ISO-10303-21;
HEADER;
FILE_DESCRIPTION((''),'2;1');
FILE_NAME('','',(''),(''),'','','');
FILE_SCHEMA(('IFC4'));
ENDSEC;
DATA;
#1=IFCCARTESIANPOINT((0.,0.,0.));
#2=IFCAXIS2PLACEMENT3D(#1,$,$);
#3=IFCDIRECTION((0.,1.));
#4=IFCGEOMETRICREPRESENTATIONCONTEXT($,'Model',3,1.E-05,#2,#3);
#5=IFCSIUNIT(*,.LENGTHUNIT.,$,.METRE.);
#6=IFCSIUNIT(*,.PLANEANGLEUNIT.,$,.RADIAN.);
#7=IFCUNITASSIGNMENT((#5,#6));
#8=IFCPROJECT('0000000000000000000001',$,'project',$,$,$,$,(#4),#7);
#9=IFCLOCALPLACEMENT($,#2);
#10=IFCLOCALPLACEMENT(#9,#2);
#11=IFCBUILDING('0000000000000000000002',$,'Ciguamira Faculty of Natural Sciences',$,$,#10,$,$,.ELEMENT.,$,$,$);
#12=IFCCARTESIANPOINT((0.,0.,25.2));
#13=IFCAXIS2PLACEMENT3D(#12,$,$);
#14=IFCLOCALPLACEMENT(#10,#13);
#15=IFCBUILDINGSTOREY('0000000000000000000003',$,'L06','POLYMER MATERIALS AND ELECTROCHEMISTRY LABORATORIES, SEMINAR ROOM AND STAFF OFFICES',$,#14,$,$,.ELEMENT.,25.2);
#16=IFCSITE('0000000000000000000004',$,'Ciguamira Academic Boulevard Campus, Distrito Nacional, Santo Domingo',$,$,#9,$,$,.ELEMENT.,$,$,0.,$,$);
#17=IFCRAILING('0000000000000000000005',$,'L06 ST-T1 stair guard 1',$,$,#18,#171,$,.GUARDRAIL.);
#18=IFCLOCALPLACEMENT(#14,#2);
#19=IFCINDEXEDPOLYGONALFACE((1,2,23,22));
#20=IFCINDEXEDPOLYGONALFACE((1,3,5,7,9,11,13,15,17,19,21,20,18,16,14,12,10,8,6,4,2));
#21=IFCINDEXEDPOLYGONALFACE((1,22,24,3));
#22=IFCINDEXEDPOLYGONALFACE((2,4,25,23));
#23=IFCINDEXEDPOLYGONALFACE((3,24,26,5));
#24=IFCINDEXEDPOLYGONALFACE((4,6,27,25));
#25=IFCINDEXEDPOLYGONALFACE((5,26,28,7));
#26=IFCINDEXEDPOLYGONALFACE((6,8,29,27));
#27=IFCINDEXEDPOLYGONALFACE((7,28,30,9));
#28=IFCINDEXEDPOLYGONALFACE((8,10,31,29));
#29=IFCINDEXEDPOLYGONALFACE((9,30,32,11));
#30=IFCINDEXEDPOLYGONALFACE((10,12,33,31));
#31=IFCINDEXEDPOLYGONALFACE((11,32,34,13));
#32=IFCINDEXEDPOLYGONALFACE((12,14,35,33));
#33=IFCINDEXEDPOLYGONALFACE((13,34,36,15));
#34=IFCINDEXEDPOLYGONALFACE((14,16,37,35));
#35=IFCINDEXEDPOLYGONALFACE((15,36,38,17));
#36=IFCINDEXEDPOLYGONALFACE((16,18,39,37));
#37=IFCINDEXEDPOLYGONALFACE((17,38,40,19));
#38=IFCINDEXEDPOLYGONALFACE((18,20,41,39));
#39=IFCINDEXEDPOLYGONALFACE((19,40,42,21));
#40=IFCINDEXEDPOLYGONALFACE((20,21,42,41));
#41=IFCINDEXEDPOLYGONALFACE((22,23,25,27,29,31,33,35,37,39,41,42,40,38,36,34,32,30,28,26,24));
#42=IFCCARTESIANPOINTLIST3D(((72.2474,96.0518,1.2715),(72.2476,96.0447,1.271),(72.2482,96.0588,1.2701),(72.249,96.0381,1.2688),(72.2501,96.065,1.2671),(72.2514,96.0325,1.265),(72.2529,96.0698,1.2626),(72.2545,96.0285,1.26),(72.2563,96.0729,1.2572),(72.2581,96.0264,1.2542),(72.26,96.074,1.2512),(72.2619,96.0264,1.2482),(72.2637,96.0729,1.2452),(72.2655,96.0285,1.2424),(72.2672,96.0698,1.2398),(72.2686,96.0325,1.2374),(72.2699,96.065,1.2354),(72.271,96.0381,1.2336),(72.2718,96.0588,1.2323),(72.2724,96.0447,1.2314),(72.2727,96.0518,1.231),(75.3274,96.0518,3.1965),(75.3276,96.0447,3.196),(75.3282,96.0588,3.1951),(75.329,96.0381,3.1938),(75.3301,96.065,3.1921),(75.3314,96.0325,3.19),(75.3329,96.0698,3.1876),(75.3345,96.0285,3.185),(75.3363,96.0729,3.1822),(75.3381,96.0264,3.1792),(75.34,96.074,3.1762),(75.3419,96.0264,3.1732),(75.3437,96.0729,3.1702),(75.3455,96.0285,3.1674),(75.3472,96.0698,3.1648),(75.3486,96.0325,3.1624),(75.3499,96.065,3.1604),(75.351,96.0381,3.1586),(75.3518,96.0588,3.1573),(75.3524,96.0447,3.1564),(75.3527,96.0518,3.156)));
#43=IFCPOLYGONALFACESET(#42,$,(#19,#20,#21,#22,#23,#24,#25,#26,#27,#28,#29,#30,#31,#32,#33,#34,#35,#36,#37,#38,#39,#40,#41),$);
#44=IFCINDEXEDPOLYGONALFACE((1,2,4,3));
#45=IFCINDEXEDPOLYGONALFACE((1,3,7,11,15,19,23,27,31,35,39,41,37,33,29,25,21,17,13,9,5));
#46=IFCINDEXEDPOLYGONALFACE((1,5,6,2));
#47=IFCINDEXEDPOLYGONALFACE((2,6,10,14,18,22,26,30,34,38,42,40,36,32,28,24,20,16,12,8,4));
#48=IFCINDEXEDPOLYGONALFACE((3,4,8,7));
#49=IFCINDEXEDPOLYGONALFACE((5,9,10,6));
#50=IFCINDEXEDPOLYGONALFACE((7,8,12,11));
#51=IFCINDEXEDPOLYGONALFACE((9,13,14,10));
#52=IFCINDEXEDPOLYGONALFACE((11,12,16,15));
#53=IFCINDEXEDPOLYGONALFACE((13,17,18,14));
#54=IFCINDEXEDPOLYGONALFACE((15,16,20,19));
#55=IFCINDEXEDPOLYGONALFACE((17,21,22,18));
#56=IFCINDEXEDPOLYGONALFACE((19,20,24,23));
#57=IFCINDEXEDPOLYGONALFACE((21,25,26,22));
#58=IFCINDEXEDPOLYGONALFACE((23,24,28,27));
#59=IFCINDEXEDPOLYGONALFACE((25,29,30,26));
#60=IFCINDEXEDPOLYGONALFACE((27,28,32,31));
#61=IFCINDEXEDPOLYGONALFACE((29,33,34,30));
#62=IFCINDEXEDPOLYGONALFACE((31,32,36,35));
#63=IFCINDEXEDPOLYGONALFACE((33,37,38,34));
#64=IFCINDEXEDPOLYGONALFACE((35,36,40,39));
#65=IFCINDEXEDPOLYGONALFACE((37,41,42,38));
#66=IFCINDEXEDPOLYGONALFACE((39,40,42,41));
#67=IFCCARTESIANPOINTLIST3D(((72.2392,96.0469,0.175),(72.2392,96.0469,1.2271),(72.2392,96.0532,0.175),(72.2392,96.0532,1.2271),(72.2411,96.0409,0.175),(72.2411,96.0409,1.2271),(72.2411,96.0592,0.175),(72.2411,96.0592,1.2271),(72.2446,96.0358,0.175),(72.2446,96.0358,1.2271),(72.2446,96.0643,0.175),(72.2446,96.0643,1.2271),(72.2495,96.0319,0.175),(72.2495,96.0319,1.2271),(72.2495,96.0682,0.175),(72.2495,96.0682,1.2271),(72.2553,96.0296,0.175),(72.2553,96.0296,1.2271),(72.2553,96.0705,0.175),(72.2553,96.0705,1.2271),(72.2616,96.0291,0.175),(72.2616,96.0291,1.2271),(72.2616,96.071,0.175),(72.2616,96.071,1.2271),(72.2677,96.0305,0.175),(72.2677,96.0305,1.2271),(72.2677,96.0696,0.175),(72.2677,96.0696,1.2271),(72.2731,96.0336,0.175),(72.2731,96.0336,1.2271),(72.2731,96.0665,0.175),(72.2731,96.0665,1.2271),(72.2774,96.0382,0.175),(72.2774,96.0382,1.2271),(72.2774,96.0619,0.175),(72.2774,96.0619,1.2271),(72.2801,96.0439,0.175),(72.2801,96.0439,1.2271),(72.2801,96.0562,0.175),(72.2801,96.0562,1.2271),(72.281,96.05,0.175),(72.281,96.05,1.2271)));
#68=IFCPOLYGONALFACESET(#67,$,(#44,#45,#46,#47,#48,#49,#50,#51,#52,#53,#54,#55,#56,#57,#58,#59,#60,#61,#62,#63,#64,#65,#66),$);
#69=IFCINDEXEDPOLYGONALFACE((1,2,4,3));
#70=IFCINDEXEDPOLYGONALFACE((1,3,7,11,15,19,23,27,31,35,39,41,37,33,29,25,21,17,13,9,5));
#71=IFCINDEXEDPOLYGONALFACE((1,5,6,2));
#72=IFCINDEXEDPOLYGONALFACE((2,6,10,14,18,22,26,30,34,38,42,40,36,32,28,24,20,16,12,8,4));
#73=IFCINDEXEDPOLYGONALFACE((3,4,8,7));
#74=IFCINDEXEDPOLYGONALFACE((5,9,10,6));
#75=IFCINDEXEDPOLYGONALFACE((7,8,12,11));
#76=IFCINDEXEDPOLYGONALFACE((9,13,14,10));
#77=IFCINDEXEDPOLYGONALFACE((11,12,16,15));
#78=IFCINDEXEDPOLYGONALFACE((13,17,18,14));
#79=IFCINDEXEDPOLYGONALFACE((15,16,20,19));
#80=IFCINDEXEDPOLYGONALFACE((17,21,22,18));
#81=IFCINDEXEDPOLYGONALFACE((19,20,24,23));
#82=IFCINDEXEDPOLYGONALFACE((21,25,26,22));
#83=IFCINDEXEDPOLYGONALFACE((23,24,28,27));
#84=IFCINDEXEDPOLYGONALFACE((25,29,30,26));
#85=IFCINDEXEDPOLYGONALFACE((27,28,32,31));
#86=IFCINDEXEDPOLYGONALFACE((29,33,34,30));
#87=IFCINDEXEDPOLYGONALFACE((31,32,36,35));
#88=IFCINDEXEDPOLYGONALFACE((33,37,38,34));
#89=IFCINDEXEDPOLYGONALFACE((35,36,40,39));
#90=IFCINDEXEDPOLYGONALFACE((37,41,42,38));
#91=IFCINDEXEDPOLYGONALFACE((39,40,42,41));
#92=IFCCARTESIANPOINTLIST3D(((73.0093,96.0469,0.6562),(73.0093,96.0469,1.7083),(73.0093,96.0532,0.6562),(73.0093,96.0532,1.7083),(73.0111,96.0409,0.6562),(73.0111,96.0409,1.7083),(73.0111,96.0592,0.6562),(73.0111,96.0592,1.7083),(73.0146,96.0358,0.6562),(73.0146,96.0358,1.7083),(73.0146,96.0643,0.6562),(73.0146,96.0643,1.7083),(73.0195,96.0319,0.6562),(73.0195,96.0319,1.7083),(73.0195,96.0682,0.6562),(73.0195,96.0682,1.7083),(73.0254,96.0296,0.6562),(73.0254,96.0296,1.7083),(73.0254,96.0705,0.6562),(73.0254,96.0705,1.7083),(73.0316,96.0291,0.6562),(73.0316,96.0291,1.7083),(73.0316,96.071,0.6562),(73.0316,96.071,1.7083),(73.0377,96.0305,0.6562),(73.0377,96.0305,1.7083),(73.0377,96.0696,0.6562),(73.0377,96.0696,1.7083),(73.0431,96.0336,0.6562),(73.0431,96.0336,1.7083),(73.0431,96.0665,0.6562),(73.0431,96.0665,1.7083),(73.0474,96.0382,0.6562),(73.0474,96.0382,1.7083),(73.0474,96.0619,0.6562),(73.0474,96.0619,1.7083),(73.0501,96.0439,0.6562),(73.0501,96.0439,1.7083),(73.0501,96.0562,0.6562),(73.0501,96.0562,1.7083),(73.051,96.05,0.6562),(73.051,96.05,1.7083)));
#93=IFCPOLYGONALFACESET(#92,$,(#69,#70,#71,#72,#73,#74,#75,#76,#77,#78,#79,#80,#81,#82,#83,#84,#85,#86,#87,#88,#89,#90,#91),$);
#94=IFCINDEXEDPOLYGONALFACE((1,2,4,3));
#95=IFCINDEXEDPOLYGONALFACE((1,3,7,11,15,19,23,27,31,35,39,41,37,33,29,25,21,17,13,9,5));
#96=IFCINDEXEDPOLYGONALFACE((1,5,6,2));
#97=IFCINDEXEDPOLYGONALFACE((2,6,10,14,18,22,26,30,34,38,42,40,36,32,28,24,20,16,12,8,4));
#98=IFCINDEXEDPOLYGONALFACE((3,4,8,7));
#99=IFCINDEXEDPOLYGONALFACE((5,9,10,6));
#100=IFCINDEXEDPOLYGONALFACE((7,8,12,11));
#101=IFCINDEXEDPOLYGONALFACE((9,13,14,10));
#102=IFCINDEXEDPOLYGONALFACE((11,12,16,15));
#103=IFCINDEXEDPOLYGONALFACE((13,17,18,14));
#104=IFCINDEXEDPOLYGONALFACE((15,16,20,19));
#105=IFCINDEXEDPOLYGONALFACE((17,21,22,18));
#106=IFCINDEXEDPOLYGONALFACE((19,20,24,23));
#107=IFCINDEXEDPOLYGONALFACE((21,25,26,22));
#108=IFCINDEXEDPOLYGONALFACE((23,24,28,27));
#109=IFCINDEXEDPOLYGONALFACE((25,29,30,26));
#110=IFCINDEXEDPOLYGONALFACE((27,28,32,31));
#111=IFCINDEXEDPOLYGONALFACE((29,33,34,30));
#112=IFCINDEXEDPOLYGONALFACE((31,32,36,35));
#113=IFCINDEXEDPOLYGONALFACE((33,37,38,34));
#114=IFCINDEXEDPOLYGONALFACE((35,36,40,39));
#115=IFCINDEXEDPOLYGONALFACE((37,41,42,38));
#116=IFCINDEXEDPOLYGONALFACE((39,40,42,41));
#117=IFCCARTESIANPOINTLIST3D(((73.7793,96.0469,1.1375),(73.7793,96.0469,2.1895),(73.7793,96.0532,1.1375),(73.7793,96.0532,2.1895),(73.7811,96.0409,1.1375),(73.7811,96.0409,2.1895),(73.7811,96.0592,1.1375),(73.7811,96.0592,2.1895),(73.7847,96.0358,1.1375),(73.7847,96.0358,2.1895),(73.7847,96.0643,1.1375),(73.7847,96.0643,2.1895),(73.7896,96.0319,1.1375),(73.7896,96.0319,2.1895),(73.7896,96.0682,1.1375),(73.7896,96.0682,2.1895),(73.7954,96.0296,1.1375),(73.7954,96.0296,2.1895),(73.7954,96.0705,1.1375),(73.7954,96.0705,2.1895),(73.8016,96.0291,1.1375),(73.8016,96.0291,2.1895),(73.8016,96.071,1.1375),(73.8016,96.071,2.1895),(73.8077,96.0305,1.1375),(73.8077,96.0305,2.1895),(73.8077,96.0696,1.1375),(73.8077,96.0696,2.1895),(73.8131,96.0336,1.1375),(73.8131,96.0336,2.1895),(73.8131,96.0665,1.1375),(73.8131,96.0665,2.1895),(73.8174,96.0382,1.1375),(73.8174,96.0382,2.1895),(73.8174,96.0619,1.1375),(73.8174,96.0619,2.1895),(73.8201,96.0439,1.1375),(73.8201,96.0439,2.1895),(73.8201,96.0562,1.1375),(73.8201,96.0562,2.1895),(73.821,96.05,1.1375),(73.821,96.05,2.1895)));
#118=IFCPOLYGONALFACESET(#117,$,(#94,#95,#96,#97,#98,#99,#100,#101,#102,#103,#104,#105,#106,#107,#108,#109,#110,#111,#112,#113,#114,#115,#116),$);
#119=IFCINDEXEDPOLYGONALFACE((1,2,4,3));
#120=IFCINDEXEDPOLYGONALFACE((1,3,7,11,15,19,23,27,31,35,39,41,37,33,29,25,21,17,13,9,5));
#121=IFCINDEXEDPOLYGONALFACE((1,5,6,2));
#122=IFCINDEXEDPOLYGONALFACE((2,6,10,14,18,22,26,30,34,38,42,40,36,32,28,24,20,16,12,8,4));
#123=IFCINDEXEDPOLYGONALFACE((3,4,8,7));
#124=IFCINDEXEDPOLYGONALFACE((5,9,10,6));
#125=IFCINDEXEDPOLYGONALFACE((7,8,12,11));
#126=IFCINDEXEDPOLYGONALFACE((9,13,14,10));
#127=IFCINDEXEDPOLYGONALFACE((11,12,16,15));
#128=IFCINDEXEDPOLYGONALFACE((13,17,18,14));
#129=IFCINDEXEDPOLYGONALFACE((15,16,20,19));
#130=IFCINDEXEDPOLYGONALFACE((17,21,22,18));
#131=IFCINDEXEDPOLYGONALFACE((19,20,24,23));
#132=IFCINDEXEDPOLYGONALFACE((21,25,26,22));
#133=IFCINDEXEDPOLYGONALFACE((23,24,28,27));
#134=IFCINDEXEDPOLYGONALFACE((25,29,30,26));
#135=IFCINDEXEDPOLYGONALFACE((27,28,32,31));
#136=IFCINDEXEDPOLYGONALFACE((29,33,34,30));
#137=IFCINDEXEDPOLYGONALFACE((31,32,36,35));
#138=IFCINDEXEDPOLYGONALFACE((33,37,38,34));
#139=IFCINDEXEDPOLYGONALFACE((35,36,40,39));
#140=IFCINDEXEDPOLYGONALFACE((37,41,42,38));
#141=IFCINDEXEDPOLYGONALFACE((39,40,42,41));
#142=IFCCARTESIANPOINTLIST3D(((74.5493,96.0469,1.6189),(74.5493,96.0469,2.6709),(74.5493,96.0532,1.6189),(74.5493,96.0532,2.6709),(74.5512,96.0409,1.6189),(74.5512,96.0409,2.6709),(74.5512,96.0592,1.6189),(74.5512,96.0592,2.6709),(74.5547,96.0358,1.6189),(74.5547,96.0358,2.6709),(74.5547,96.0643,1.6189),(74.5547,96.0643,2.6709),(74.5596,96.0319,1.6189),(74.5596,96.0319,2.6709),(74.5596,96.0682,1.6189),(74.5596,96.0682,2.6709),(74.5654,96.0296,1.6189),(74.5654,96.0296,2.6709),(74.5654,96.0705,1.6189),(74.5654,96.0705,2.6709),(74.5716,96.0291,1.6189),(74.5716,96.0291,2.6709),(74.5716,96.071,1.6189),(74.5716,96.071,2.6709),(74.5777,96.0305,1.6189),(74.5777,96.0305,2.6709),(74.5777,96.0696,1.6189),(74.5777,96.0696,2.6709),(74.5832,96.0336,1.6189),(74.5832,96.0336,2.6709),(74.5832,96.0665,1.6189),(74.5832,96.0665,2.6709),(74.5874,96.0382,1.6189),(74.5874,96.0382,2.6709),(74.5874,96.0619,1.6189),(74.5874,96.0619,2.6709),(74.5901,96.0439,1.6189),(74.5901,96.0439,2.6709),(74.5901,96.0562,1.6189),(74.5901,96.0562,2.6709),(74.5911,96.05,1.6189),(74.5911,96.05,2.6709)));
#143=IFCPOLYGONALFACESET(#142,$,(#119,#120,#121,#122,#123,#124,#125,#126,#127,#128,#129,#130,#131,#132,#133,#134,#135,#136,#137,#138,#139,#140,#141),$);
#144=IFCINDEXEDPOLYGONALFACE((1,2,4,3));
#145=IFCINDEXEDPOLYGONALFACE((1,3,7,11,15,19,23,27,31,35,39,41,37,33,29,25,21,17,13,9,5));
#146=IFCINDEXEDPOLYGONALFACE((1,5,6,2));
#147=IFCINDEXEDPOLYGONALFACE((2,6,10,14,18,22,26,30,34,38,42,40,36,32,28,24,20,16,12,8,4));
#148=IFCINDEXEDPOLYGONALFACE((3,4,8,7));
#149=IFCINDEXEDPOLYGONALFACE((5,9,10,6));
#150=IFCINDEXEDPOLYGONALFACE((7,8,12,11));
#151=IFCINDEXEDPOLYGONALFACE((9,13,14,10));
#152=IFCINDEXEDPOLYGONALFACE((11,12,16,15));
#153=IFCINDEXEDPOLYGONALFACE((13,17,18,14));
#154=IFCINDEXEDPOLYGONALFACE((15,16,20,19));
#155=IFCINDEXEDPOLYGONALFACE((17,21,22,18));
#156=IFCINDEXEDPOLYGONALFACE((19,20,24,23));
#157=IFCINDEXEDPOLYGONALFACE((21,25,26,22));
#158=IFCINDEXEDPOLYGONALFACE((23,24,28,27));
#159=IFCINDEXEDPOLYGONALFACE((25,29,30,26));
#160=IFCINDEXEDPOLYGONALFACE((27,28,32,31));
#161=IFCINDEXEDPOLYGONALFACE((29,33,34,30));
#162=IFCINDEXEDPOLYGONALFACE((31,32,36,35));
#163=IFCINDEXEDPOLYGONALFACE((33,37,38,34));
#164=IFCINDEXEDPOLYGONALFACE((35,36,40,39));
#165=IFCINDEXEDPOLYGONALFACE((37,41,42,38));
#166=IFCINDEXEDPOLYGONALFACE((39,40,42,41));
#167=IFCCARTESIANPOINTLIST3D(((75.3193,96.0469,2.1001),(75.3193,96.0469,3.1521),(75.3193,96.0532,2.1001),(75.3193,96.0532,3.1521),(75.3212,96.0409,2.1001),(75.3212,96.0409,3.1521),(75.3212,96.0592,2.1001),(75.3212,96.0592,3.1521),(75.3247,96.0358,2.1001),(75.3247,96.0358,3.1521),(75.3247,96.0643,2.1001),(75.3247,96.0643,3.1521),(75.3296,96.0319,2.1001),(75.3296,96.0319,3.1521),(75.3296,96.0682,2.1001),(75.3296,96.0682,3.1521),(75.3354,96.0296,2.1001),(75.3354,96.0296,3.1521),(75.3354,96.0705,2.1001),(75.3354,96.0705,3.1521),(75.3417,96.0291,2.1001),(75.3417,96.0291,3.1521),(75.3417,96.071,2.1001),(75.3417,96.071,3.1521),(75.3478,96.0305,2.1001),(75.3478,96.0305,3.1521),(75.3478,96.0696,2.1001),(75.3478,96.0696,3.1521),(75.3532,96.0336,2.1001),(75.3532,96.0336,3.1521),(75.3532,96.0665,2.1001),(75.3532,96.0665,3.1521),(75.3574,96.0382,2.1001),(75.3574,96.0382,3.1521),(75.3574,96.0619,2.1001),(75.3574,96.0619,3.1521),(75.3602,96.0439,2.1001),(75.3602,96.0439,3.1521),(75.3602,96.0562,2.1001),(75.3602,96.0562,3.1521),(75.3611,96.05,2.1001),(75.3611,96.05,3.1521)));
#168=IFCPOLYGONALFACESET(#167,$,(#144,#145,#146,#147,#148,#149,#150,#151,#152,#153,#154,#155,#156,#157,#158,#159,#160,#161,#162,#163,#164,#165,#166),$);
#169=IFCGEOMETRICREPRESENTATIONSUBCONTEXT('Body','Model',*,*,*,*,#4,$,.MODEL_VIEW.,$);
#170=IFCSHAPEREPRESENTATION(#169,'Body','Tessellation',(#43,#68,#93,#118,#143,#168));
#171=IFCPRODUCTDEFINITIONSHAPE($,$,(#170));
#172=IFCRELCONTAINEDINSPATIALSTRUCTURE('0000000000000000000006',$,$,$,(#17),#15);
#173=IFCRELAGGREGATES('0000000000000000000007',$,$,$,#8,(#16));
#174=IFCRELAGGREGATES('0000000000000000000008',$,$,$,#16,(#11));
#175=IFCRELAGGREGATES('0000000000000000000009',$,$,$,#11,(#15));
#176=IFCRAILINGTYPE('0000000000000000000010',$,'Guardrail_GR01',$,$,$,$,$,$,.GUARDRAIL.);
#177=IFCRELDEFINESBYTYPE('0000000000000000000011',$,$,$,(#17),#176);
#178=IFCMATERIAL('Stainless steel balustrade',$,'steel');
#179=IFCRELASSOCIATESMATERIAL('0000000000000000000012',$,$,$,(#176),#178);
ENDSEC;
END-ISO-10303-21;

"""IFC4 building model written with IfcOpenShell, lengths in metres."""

from ifc_helpers import new_model, si_unit, direction, frame, origin, origin_2d, place, context, subcontext, project, spatial, circle, extrude, material, type_object, element, save


model = new_model("IFC4")

# Units and contexts
model_context = context("Model", 3, precision=1e-05, world=origin(), true_north=direction((0.0, 1.0)))
body_context = subcontext(model_context, "Body", "Model", "MODEL_VIEW")
ifc_project = project(units=[si_unit("LENGTHUNIT", "METRE"), si_unit("PLANEANGLEUNIT", "RADIAN")], contexts=[model_context])

# Site, building, storey
site_placement = place(None, origin())
site = spatial("IfcSite", under=ifc_project, at=site_placement, Name="Ciguamira Academic Boulevard Campus, Distrito Nacional, Santo Domingo", CompositionType="ELEMENT", RefElevation=0.0)
building_placement = place(site_placement, origin())
building = spatial("IfcBuilding", under=site, at=building_placement, Name="Ciguamira Faculty of Natural Sciences", CompositionType="ELEMENT")
storey_placement = place(building_placement, frame((0.0, 0.0, 25.2)))
storey = spatial("IfcBuildingStorey", under=building, at=storey_placement, Name="L06", Description="POLYMER MATERIALS AND ELECTROCHEMISTRY LABORATORIES, SEMINAR ROOM AND STAFF OFFICES", CompositionType="ELEMENT", Elevation=25.2)

# Railing
ifc_material_1 = material(Name="Stainless steel balustrade", Category="steel")
railing_type_1 = type_object("IfcRailingType", Name="Guardrail_GR01", PredefinedType="GUARDRAIL", material=ifc_material_1)
railing_1_placement = place(storey_placement, frame((72.26, 96.05, 0.175)))
element("IfcRailing", 1, at=railing_1_placement, inside=storey, type_object=railing_type_1, Name="L06 ST-T1 stair guard 1", PredefinedType="GUARDRAIL", context=body_context, shape_type="SweptSolid", body=[
    extrude(circle(Radius=0.0239, at=origin_2d()), frame((0.0, 0.0, 1.0762), z_axis=(0.847998, 0.0, 0.529999), x_axis=(0.0, 1.0, 0.0)), (0.0, 0.0, 1.0), 3.6321),
    extrude(circle(Radius=0.021, at=origin_2d()), origin(), (0.0, 0.0, 1.0), 1.052),
    extrude(circle(Radius=0.021, at=origin_2d()), frame((0.77, 0.0, 0.4812)), (0.0, 0.0, 1.0), 1.052),
    extrude(circle(Radius=0.021, at=origin_2d()), frame((1.54, 0.0, 0.9624)), (0.0, 0.0, 1.0), 1.052),
    extrude(circle(Radius=0.021, at=origin_2d()), frame((2.3101, 0.0, 1.4438)), (0.0, 0.0, 1.0), 1.052),
    extrude(circle(Radius=0.021, at=origin_2d()), frame((3.0801, 0.0, 1.925)), (0.0, 0.0, 1.0), 1.052),
])

save(model, "model.ifc")
